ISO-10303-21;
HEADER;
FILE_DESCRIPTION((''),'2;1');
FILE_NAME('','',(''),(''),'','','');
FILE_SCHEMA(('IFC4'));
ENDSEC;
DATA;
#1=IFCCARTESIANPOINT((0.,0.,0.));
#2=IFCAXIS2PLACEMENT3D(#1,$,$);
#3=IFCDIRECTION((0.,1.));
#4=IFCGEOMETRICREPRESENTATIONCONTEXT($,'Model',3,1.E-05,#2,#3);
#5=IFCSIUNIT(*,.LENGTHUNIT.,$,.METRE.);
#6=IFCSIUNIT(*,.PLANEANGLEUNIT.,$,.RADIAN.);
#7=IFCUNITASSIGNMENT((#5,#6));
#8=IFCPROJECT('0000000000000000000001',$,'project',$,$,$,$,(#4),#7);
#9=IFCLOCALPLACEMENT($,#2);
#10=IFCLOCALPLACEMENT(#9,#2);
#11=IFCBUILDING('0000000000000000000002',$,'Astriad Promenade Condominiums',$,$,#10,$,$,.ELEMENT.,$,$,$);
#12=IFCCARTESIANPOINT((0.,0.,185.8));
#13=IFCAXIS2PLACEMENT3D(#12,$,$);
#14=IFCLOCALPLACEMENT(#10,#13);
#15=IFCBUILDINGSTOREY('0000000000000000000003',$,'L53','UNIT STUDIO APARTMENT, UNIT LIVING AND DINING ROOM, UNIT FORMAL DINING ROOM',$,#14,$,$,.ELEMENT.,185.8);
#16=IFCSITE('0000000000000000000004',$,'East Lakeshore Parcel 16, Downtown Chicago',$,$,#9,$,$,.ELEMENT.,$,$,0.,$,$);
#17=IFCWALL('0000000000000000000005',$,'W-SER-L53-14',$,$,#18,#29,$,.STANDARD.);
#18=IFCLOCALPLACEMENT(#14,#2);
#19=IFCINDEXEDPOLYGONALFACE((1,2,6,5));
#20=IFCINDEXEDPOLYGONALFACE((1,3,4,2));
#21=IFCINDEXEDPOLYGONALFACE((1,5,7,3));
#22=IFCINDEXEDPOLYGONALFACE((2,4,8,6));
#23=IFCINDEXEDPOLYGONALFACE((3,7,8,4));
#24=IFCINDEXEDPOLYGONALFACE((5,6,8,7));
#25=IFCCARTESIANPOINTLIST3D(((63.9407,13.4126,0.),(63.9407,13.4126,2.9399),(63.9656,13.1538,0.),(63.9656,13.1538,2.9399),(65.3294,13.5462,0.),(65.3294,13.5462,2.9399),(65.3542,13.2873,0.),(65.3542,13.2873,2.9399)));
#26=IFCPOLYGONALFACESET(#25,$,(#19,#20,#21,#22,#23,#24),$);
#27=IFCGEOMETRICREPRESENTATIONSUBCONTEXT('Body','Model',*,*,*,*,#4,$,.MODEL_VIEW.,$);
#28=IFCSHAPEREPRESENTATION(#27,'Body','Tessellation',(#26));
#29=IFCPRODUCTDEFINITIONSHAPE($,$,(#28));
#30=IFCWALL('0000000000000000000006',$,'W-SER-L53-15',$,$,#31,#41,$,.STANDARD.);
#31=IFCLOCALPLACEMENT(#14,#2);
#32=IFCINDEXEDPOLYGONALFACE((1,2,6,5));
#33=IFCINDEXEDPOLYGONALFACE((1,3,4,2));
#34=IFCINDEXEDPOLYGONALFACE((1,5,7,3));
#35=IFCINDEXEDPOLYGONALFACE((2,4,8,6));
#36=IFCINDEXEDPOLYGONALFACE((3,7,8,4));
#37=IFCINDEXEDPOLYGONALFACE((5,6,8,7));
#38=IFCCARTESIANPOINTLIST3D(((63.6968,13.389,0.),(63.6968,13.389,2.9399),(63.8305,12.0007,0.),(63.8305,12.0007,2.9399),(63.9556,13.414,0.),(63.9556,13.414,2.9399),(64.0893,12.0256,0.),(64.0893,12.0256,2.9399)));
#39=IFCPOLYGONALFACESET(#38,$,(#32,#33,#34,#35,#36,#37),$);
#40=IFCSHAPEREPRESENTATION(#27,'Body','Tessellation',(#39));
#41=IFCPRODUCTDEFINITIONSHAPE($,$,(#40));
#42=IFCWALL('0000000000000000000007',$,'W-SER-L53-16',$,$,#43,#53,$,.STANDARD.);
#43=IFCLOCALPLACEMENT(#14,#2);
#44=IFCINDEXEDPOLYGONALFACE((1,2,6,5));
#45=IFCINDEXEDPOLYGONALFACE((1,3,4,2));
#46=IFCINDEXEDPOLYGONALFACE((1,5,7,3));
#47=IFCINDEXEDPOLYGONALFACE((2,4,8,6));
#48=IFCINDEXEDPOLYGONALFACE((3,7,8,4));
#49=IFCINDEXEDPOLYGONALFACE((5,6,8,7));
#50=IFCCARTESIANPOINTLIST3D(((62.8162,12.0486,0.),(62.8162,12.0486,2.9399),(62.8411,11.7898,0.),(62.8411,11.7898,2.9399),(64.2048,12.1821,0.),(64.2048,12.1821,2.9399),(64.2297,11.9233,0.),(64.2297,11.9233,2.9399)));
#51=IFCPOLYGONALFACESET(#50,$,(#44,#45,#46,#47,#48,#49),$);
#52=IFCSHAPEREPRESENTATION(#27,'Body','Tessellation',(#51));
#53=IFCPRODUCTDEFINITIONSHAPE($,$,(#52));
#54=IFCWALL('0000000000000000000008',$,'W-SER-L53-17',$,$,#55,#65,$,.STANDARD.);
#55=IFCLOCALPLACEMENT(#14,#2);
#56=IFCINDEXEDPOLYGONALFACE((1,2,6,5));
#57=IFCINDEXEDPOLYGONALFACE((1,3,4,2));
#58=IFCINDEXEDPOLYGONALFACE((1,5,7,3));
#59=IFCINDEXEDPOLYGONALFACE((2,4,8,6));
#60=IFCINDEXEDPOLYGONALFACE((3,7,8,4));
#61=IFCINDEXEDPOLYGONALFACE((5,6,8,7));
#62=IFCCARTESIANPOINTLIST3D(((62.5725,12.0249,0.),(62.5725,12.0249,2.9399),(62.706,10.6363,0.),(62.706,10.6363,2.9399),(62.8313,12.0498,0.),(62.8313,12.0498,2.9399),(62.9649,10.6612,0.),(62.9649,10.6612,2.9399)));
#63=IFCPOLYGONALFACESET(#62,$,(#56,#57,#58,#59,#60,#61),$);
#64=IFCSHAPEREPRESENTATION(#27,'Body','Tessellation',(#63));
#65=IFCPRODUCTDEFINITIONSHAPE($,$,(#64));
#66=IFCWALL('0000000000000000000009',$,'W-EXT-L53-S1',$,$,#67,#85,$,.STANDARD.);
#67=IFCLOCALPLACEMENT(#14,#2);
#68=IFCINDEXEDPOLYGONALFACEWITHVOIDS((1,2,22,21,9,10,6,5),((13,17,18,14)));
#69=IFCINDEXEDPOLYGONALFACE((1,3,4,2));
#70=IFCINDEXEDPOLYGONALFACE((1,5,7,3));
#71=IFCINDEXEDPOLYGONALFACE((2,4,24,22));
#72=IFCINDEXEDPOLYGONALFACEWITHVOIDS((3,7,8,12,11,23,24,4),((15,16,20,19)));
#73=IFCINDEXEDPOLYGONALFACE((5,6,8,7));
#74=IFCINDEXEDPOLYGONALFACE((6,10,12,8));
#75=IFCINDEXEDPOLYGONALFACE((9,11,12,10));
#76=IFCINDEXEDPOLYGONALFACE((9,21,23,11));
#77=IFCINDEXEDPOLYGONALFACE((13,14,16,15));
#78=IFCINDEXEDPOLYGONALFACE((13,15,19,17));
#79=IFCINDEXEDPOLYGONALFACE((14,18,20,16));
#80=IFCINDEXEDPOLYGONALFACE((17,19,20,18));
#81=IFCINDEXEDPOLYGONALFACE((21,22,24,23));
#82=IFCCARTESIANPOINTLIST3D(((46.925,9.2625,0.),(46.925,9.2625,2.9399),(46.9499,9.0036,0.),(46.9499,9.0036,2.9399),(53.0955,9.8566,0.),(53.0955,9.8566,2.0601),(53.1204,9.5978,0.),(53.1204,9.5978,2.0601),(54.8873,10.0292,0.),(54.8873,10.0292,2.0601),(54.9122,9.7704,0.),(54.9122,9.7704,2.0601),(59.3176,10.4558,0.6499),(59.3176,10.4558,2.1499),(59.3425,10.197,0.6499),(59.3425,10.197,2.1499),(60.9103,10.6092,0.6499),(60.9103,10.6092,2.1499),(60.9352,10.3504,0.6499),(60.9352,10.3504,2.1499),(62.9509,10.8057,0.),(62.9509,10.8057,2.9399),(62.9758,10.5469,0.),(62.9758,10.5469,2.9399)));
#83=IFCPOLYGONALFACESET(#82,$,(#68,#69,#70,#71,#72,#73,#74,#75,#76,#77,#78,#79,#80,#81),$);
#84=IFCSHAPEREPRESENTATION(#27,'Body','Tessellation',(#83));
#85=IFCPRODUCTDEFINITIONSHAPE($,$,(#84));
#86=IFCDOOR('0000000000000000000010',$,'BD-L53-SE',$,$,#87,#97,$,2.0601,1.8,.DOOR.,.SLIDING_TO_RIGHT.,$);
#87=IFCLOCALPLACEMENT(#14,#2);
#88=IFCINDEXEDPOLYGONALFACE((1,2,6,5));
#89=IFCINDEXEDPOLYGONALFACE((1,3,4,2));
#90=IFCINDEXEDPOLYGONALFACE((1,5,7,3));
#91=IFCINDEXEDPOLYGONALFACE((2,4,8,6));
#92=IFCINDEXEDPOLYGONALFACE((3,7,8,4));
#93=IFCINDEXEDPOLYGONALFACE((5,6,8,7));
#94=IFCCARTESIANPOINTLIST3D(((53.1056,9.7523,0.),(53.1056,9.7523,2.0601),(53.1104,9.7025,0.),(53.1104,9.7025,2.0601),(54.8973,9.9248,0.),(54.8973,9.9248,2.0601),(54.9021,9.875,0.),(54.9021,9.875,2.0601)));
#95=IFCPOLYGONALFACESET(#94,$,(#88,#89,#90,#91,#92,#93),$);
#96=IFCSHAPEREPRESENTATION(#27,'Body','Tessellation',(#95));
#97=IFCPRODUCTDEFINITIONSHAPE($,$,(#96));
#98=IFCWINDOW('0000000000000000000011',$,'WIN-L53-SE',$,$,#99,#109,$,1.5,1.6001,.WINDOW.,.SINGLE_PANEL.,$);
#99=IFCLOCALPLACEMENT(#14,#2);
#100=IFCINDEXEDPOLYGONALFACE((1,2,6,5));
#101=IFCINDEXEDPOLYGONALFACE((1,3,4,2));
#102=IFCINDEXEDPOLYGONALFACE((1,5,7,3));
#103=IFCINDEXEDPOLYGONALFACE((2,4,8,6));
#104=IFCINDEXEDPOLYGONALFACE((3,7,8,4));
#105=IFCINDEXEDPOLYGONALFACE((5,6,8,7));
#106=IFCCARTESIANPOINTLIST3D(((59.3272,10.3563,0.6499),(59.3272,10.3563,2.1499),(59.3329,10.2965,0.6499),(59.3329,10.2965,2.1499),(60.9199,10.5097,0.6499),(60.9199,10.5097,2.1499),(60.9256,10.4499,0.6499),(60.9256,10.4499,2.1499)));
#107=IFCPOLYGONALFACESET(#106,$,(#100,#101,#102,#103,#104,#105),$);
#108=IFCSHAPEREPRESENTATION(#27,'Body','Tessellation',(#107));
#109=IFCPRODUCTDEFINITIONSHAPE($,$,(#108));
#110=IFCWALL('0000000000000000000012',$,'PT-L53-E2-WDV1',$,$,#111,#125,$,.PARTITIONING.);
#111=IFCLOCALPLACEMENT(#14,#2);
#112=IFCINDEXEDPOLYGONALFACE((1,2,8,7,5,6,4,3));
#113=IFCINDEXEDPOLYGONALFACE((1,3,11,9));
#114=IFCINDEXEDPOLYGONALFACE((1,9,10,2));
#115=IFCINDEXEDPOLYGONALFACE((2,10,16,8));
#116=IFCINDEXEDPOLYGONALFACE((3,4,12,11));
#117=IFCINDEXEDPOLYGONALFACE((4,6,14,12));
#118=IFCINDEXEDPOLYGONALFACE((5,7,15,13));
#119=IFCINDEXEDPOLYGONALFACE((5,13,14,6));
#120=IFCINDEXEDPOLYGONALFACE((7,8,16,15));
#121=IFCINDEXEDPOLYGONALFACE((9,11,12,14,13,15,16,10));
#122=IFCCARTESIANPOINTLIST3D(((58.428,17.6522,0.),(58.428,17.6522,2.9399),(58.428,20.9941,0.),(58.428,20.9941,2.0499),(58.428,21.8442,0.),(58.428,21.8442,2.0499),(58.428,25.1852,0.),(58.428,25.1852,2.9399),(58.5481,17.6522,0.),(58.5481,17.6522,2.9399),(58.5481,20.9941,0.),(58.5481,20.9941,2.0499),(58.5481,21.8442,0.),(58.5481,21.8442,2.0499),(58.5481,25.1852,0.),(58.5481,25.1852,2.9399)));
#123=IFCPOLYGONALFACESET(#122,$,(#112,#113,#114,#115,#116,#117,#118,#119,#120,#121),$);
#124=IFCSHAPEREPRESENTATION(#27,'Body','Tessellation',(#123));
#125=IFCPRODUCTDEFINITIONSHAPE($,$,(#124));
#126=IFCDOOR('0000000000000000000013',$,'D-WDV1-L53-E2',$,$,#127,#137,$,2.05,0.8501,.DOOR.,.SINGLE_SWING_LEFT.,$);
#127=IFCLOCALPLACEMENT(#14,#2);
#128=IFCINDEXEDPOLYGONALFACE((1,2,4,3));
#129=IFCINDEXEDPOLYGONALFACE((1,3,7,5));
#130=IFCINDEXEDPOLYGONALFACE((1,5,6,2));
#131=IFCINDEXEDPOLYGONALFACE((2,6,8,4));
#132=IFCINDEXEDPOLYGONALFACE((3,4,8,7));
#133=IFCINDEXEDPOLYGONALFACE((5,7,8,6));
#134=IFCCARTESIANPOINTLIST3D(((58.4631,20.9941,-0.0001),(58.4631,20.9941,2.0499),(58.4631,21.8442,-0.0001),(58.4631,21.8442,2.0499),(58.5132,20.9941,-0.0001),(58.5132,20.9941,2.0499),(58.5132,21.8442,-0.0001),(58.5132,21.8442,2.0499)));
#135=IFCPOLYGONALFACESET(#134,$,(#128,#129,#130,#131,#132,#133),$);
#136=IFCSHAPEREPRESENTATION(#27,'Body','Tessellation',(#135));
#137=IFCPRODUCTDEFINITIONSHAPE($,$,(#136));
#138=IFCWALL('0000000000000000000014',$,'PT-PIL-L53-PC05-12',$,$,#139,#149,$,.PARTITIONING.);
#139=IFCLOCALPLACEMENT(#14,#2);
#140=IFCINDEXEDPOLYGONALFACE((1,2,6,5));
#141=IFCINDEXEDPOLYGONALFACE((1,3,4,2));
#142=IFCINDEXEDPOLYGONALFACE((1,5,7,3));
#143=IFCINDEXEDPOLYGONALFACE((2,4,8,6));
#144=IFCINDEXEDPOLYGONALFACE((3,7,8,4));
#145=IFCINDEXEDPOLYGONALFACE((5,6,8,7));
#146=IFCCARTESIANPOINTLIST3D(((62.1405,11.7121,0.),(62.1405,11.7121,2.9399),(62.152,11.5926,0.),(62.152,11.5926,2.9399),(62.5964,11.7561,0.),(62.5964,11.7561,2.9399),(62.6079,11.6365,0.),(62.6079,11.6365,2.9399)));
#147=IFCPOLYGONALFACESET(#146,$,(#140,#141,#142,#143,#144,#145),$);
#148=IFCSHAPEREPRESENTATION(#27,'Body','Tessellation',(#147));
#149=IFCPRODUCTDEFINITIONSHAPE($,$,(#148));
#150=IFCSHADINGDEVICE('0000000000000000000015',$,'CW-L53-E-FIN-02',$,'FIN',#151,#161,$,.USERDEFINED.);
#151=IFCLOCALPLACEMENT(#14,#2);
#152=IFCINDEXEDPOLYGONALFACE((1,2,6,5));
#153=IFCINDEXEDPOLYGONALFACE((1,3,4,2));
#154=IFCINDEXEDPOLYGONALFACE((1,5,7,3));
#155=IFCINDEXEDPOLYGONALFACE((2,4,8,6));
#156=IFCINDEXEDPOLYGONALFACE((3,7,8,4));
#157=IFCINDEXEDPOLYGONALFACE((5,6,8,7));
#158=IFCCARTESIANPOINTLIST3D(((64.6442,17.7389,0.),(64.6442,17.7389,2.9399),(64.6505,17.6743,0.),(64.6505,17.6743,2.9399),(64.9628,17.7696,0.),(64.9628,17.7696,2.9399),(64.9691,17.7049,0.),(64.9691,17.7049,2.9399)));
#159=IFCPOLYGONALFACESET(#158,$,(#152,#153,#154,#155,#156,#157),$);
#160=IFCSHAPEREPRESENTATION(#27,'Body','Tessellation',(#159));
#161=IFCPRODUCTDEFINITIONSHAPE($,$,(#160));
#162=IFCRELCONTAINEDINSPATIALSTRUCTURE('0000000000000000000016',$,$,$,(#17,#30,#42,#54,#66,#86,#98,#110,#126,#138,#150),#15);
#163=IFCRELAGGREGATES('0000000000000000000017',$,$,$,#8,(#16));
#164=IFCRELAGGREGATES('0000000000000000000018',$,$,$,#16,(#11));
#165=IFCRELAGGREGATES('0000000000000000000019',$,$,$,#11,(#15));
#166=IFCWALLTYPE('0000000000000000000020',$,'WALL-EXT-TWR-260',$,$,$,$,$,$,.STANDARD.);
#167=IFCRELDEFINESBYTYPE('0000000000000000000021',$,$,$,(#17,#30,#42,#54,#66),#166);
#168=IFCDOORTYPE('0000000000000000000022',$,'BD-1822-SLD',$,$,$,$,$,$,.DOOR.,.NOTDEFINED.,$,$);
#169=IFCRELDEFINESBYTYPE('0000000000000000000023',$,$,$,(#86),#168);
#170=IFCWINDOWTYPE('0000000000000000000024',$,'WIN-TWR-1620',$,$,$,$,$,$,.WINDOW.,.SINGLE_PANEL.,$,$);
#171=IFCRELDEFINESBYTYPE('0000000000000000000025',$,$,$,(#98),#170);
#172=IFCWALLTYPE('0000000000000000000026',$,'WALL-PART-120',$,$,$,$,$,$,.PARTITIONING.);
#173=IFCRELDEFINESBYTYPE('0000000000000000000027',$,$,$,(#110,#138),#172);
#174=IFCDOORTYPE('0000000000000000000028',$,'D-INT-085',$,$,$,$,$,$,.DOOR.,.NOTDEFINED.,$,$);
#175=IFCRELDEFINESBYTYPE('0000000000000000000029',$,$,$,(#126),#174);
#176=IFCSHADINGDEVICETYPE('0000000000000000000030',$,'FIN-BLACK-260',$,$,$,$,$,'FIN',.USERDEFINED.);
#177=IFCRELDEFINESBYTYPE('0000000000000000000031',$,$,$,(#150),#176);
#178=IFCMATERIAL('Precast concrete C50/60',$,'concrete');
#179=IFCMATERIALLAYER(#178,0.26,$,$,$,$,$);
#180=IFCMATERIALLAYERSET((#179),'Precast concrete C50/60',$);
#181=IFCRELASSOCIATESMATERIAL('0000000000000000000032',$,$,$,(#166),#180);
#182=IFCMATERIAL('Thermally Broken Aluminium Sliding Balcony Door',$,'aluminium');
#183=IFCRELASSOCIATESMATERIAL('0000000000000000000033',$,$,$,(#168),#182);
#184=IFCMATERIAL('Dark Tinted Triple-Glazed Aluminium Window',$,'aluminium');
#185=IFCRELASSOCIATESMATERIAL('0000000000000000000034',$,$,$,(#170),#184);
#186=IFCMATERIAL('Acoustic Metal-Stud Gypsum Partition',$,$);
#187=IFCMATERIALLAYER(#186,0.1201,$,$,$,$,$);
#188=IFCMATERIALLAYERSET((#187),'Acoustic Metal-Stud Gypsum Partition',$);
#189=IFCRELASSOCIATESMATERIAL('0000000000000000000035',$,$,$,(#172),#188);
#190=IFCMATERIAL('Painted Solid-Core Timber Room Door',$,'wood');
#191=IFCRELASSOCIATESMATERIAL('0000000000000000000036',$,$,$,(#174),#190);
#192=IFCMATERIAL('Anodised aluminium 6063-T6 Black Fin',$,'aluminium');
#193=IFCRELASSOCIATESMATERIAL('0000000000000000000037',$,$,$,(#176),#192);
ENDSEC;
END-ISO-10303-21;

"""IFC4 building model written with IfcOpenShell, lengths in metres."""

from ifc_helpers import new_model, si_unit, direction, frame, frame_2d, origin, origin_2d, place, context, subcontext, project, spatial, rectangle, extrude, source, transform, mapped, material, layer, layer_set, type_object, type_shapes, element, fill, save


model = new_model("IFC4")

# Units and contexts
model_context = context("Model", 3, precision=1e-05, world=origin(), true_north=direction((0.0, 1.0)))
body_context = subcontext(model_context, "Body", "Model", "MODEL_VIEW")
ifc_project = project(units=[si_unit("LENGTHUNIT", "METRE"), si_unit("PLANEANGLEUNIT", "RADIAN")], contexts=[model_context])

# Site, building, storey
site_placement = place(None, origin())
site = spatial("IfcSite", under=ifc_project, at=site_placement, Name="East Lakeshore Parcel 16, Downtown Chicago", CompositionType="ELEMENT", RefElevation=0.0)
building_placement = place(site_placement, origin())
building = spatial("IfcBuilding", under=site, at=building_placement, Name="Astriad Promenade Condominiums", CompositionType="ELEMENT")
storey_placement = place(building_placement, frame((0.0, 0.0, 185.8)))
storey = spatial("IfcBuildingStorey", under=building, at=storey_placement, Name="L53", Description="UNIT STUDIO APARTMENT, UNIT LIVING AND DINING ROOM, UNIT FORMAL DINING ROOM", CompositionType="ELEMENT", Elevation=185.8)

# Walls
ifc_material_1 = material(Name="Precast concrete C50/60", Category="concrete")
ifc_layer_1 = layer(ifc_material_1, 0.26)
ifc_layer_set_1 = layer_set([ifc_layer_1], Name="Precast concrete C50/60")
wall_type_1 = type_object("IfcWallType", Name="WALL-EXT-TWR-260", PredefinedType="STANDARD", material=ifc_layer_set_1)
wall_1_placement = place(storey_placement, frame((65.3418, 13.4167, 0.0), z_axis=(0.0, 0.0, 1.0), x_axis=(-0.995408, -0.095726, 0.0)))
element("IfcWall", 1, at=wall_1_placement, inside=storey, type_object=wall_type_1, Name="W-SER-L53-14", PredefinedType="STANDARD", context=body_context, shape_type="SweptSolid", body=[
    extrude(rectangle(XDim=1.395, YDim=0.26, at=frame_2d((0.6975, 0.0))), origin(), (0.0, 0.0, 1.0), 2.9399),
])
wall_2_placement = place(storey_placement, frame((63.8262, 13.4014, 0.0), z_axis=(0.0, 0.0, 1.0), x_axis=(0.095916, -0.995389, 0.0)))
element("IfcWall", 2, at=wall_2_placement, inside=storey, type_object=wall_type_1, Name="W-SER-L53-15", PredefinedType="STANDARD", context=body_context, shape_type="SweptSolid", body=[
    extrude(rectangle(XDim=1.3948, YDim=0.26, at=frame_2d((0.6973, 0.0))), origin(), (0.0, 0.0, 1.0), 2.9399),
])
for number, where, z_axis, x_axis, name in (
    (3, (64.2173, 12.0527, 0.0), (0.0, 0.0, 1.0), (-0.995408, -0.095726, 0.0), "W-SER-L53-16"),
    (4, (62.7019, 12.0374, 0.0), (0.0, 0.0, 1.0), (0.095726, -0.995408, 0.0), "W-SER-L53-17"),
):
    element("IfcWall", number, at=place(storey_placement, frame(where, z_axis=z_axis, x_axis=x_axis)), inside=storey, type_object=wall_type_1, Name=name, PredefinedType="STANDARD", context=body_context, shape_type="SweptSolid", body=[
        extrude(rectangle(XDim=1.395, YDim=0.26, at=frame_2d((0.6975, 0.0))), origin(), (0.0, 0.0, 1.0), 2.9399),
    ])

# Wall, openings, door, window
wall_3_placement = place(storey_placement, frame((62.9634, 10.6763, 0.0), z_axis=(0.0, 0.0, 1.0), x_axis=(-0.995396, -0.095852, 0.0)))
wall_3 = element("IfcWall", 5, at=wall_3_placement, inside=storey, type_object=wall_type_1, Name="W-EXT-L53-S1", PredefinedType="STANDARD", context=body_context, shape_type="SweptSolid", body=[
    extrude(rectangle(XDim=16.1001, YDim=0.26, at=frame_2d((8.05, 0.0))), origin(), (0.0, 0.0, 1.0), 2.9399),
])
opening_1_placement = place(wall_3_placement, frame((8.1011, 0.0, 0.0)))
opening_1 = element("IfcOpeningElement", 6, at=opening_1_placement, cuts=wall_3, PredefinedType="OPENING", context=body_context, shape_type="SweptSolid", body=[
    extrude(rectangle(XDim=1.8, YDim=2.0601, at=frame_2d((0.8999, 1.03))), frame((0.0, 0.1399, 0.0), z_axis=(0.0, -1.0, 0.0), x_axis=(1.0, 0.0, 0.0)), (0.0, 0.0, 1.0), 0.28),
])
opening_2_placement = place(wall_3_placement, frame((2.05, 0.0, 0.6499)))
opening_2 = element("IfcOpeningElement", 7, at=opening_2_placement, cuts=wall_3, PredefinedType="OPENING", context=body_context, shape_type="SweptSolid", body=[
    extrude(rectangle(XDim=1.6001, YDim=1.5, at=frame_2d((0.8, 0.75))), frame((0.0, 0.1399, 0.0), z_axis=(0.0, -1.0, 0.0), x_axis=(1.0, 0.0, 0.0)), (0.0, 0.0, 1.0), 0.28),
])
ifc_material_2 = material(Name="Thermally Broken Aluminium Sliding Balcony Door", Category="aluminium")
door_type_1 = type_object("IfcDoorType", Name="BD-1822-SLD", OperationType="NOTDEFINED", PredefinedType="DOOR", material=ifc_material_2)
shared_shape_1 = source(origin(), body_context, "Body", "SweptSolid", [
    extrude(rectangle(XDim=1.8, YDim=2.0601, at=frame_2d((0.8999, 1.03))), frame((0.0, 0.0249, 0.0), z_axis=(0.0, -1.0, 0.0), x_axis=(1.0, 0.0, 0.0)), (0.0, 0.0, 1.0), 0.05),
])
type_shapes(door_type_1, [shared_shape_1])
door_1_placement = place(opening_1_placement, origin())
door_1 = element("IfcDoor", 8, at=door_1_placement, inside=storey, type_object=door_type_1, Name="BD-L53-SE", OperationType="SLIDING_TO_RIGHT", OverallHeight=2.0601, OverallWidth=1.8, PredefinedType="DOOR", context=body_context, shape_type="MappedRepresentation", body=[
    mapped(shared_shape_1, transform((0.0, 0.0, 0.0), scale=1.0)),
])
fill(opening_1, door_1)
ifc_material_3 = material(Name="Dark Tinted Triple-Glazed Aluminium Window", Category="aluminium")
window_type = type_object("IfcWindowType", Name="WIN-TWR-1620", PartitioningType="SINGLE_PANEL", PredefinedType="WINDOW", material=ifc_material_3)
shared_shape_2 = source(origin(), body_context, "Body", "SweptSolid", [
    extrude(rectangle(XDim=1.6001, YDim=1.5, at=frame_2d((0.8, 0.75))), frame((0.0, 0.03, 0.0), z_axis=(0.0, -1.0, 0.0), x_axis=(1.0, 0.0, 0.0)), (0.0, 0.0, 1.0), 0.0601),
])
type_shapes(window_type, [shared_shape_2])
window_placement = place(opening_2_placement, origin())
window = element("IfcWindow", 9, at=window_placement, inside=storey, type_object=window_type, Name="WIN-L53-SE", OverallHeight=1.5, OverallWidth=1.6001, PartitioningType="SINGLE_PANEL", PredefinedType="WINDOW", context=body_context, shape_type="MappedRepresentation", body=[
    mapped(shared_shape_2, transform((0.0, 0.0, 0.0), scale=1.0)),
])
fill(opening_2, window)

# Wall, opening, door
ifc_material_4 = material(Name="Acoustic Metal-Stud Gypsum Partition")
ifc_layer_2 = layer(ifc_material_4, 0.1201)
ifc_layer_set_2 = layer_set([ifc_layer_2], Name="Acoustic Metal-Stud Gypsum Partition")
wall_type_2 = type_object("IfcWallType", Name="WALL-PART-120", PredefinedType="PARTITIONING", material=ifc_layer_set_2)
wall_4_placement = place(storey_placement, frame((58.488, 17.6521, 0.0), z_axis=(0.0, 0.0, 1.0), x_axis=(0.0, 1.0, 0.0)))
wall_4 = element("IfcWall", 10, at=wall_4_placement, inside=storey, type_object=wall_type_2, Name="PT-L53-E2-WDV1", PredefinedType="PARTITIONING", context=body_context, shape_type="SweptSolid", body=[
    extrude(rectangle(XDim=7.533, YDim=0.1201, at=frame_2d((3.7666, 0.0))), origin(), (0.0, 0.0, 1.0), 2.9399),
])
opening_3_placement = place(wall_4_placement, frame((3.342, 0.0, 0.0)))
opening_3 = element("IfcOpeningElement", 11, at=opening_3_placement, cuts=wall_4, PredefinedType="OPENING", context=body_context, shape_type="SweptSolid", body=[
    extrude(rectangle(XDim=0.8501, YDim=2.05, at=frame_2d((0.425, 1.0249))), frame((0.0, 0.0701, 0.0), z_axis=(0.0, -1.0, 0.0), x_axis=(1.0, 0.0, 0.0)), (0.0, 0.0, 1.0), 0.1401),
])
ifc_material_5 = material(Name="Painted Solid-Core Timber Room Door", Category="wood")
door_type_2 = type_object("IfcDoorType", Name="D-INT-085", OperationType="NOTDEFINED", PredefinedType="DOOR", material=ifc_material_5)
shared_shape_3 = source(origin(), body_context, "Body", "SweptSolid", [
    extrude(rectangle(XDim=0.8501, YDim=2.05, at=frame_2d((0.425, 1.0249))), frame((0.0, 0.0249, 0.0), z_axis=(0.0, -1.0, 0.0), x_axis=(1.0, 0.0, 0.0)), (0.0, 0.0, 1.0), 0.05),
])
type_shapes(door_type_2, [shared_shape_3])
door_2_placement = place(opening_3_placement, origin())
door_2 = element("IfcDoor", 12, at=door_2_placement, inside=storey, type_object=door_type_2, Name="D-WDV1-L53-E2", OperationType="SINGLE_SWING_LEFT", OverallHeight=2.05, OverallWidth=0.8501, PredefinedType="DOOR", context=body_context, shape_type="MappedRepresentation", body=[
    mapped(shared_shape_3, transform((0.0, 0.0, 0.0), scale=1.0)),
])
fill(opening_3, door_2)

# Wall
wall_5_placement = place(storey_placement, frame((62.1462, 11.6523, 0.0), z_axis=(0.0, 0.0, 1.0), x_axis=(0.995385, 0.095966, 0.0)))
element("IfcWall", 13, at=wall_5_placement, inside=storey, type_object=wall_type_2, Name="PT-PIL-L53-PC05-12", PredefinedType="PARTITIONING", context=body_context, shape_type="SweptSolid", body=[
    extrude(rectangle(XDim=0.458, YDim=0.1201, at=frame_2d((0.229, 0.0))), origin(), (0.0, 0.0, 1.0), 2.9399),
])

# Shading device
ifc_material_6 = material(Name="Anodised aluminium 6063-T6 Black Fin", Category="aluminium")
shading_device_type = type_object("IfcShadingDeviceType", Name="FIN-BLACK-260", ElementType="FIN", PredefinedType="USERDEFINED", material=ifc_material_6)
shared_shape_4 = source(origin(), body_context, "Body", "SweptSolid", [
    extrude(rectangle(XDim=0.0649, YDim=0.3201, at=origin_2d()), origin(), (0.0, 0.0, 1.0), 2.9399),
])
type_shapes(shading_device_type, [shared_shape_4])
shading_device_placement = place(storey_placement, frame((64.8066, 17.7219, 0.0), z_axis=(0.0, 0.0, 1.0), x_axis=(0.095846, -0.995396, 0.0)))
element("IfcShadingDevice", 14, at=shading_device_placement, inside=storey, type_object=shading_device_type, Name="CW-L53-E-FIN-02", ObjectType="FIN", PredefinedType="USERDEFINED", context=body_context, shape_type="MappedRepresentation", body=[
    mapped(shared_shape_4, transform((0.0, 0.0, 0.0), scale=1.0)),
])

save(model, "model.ifc")
